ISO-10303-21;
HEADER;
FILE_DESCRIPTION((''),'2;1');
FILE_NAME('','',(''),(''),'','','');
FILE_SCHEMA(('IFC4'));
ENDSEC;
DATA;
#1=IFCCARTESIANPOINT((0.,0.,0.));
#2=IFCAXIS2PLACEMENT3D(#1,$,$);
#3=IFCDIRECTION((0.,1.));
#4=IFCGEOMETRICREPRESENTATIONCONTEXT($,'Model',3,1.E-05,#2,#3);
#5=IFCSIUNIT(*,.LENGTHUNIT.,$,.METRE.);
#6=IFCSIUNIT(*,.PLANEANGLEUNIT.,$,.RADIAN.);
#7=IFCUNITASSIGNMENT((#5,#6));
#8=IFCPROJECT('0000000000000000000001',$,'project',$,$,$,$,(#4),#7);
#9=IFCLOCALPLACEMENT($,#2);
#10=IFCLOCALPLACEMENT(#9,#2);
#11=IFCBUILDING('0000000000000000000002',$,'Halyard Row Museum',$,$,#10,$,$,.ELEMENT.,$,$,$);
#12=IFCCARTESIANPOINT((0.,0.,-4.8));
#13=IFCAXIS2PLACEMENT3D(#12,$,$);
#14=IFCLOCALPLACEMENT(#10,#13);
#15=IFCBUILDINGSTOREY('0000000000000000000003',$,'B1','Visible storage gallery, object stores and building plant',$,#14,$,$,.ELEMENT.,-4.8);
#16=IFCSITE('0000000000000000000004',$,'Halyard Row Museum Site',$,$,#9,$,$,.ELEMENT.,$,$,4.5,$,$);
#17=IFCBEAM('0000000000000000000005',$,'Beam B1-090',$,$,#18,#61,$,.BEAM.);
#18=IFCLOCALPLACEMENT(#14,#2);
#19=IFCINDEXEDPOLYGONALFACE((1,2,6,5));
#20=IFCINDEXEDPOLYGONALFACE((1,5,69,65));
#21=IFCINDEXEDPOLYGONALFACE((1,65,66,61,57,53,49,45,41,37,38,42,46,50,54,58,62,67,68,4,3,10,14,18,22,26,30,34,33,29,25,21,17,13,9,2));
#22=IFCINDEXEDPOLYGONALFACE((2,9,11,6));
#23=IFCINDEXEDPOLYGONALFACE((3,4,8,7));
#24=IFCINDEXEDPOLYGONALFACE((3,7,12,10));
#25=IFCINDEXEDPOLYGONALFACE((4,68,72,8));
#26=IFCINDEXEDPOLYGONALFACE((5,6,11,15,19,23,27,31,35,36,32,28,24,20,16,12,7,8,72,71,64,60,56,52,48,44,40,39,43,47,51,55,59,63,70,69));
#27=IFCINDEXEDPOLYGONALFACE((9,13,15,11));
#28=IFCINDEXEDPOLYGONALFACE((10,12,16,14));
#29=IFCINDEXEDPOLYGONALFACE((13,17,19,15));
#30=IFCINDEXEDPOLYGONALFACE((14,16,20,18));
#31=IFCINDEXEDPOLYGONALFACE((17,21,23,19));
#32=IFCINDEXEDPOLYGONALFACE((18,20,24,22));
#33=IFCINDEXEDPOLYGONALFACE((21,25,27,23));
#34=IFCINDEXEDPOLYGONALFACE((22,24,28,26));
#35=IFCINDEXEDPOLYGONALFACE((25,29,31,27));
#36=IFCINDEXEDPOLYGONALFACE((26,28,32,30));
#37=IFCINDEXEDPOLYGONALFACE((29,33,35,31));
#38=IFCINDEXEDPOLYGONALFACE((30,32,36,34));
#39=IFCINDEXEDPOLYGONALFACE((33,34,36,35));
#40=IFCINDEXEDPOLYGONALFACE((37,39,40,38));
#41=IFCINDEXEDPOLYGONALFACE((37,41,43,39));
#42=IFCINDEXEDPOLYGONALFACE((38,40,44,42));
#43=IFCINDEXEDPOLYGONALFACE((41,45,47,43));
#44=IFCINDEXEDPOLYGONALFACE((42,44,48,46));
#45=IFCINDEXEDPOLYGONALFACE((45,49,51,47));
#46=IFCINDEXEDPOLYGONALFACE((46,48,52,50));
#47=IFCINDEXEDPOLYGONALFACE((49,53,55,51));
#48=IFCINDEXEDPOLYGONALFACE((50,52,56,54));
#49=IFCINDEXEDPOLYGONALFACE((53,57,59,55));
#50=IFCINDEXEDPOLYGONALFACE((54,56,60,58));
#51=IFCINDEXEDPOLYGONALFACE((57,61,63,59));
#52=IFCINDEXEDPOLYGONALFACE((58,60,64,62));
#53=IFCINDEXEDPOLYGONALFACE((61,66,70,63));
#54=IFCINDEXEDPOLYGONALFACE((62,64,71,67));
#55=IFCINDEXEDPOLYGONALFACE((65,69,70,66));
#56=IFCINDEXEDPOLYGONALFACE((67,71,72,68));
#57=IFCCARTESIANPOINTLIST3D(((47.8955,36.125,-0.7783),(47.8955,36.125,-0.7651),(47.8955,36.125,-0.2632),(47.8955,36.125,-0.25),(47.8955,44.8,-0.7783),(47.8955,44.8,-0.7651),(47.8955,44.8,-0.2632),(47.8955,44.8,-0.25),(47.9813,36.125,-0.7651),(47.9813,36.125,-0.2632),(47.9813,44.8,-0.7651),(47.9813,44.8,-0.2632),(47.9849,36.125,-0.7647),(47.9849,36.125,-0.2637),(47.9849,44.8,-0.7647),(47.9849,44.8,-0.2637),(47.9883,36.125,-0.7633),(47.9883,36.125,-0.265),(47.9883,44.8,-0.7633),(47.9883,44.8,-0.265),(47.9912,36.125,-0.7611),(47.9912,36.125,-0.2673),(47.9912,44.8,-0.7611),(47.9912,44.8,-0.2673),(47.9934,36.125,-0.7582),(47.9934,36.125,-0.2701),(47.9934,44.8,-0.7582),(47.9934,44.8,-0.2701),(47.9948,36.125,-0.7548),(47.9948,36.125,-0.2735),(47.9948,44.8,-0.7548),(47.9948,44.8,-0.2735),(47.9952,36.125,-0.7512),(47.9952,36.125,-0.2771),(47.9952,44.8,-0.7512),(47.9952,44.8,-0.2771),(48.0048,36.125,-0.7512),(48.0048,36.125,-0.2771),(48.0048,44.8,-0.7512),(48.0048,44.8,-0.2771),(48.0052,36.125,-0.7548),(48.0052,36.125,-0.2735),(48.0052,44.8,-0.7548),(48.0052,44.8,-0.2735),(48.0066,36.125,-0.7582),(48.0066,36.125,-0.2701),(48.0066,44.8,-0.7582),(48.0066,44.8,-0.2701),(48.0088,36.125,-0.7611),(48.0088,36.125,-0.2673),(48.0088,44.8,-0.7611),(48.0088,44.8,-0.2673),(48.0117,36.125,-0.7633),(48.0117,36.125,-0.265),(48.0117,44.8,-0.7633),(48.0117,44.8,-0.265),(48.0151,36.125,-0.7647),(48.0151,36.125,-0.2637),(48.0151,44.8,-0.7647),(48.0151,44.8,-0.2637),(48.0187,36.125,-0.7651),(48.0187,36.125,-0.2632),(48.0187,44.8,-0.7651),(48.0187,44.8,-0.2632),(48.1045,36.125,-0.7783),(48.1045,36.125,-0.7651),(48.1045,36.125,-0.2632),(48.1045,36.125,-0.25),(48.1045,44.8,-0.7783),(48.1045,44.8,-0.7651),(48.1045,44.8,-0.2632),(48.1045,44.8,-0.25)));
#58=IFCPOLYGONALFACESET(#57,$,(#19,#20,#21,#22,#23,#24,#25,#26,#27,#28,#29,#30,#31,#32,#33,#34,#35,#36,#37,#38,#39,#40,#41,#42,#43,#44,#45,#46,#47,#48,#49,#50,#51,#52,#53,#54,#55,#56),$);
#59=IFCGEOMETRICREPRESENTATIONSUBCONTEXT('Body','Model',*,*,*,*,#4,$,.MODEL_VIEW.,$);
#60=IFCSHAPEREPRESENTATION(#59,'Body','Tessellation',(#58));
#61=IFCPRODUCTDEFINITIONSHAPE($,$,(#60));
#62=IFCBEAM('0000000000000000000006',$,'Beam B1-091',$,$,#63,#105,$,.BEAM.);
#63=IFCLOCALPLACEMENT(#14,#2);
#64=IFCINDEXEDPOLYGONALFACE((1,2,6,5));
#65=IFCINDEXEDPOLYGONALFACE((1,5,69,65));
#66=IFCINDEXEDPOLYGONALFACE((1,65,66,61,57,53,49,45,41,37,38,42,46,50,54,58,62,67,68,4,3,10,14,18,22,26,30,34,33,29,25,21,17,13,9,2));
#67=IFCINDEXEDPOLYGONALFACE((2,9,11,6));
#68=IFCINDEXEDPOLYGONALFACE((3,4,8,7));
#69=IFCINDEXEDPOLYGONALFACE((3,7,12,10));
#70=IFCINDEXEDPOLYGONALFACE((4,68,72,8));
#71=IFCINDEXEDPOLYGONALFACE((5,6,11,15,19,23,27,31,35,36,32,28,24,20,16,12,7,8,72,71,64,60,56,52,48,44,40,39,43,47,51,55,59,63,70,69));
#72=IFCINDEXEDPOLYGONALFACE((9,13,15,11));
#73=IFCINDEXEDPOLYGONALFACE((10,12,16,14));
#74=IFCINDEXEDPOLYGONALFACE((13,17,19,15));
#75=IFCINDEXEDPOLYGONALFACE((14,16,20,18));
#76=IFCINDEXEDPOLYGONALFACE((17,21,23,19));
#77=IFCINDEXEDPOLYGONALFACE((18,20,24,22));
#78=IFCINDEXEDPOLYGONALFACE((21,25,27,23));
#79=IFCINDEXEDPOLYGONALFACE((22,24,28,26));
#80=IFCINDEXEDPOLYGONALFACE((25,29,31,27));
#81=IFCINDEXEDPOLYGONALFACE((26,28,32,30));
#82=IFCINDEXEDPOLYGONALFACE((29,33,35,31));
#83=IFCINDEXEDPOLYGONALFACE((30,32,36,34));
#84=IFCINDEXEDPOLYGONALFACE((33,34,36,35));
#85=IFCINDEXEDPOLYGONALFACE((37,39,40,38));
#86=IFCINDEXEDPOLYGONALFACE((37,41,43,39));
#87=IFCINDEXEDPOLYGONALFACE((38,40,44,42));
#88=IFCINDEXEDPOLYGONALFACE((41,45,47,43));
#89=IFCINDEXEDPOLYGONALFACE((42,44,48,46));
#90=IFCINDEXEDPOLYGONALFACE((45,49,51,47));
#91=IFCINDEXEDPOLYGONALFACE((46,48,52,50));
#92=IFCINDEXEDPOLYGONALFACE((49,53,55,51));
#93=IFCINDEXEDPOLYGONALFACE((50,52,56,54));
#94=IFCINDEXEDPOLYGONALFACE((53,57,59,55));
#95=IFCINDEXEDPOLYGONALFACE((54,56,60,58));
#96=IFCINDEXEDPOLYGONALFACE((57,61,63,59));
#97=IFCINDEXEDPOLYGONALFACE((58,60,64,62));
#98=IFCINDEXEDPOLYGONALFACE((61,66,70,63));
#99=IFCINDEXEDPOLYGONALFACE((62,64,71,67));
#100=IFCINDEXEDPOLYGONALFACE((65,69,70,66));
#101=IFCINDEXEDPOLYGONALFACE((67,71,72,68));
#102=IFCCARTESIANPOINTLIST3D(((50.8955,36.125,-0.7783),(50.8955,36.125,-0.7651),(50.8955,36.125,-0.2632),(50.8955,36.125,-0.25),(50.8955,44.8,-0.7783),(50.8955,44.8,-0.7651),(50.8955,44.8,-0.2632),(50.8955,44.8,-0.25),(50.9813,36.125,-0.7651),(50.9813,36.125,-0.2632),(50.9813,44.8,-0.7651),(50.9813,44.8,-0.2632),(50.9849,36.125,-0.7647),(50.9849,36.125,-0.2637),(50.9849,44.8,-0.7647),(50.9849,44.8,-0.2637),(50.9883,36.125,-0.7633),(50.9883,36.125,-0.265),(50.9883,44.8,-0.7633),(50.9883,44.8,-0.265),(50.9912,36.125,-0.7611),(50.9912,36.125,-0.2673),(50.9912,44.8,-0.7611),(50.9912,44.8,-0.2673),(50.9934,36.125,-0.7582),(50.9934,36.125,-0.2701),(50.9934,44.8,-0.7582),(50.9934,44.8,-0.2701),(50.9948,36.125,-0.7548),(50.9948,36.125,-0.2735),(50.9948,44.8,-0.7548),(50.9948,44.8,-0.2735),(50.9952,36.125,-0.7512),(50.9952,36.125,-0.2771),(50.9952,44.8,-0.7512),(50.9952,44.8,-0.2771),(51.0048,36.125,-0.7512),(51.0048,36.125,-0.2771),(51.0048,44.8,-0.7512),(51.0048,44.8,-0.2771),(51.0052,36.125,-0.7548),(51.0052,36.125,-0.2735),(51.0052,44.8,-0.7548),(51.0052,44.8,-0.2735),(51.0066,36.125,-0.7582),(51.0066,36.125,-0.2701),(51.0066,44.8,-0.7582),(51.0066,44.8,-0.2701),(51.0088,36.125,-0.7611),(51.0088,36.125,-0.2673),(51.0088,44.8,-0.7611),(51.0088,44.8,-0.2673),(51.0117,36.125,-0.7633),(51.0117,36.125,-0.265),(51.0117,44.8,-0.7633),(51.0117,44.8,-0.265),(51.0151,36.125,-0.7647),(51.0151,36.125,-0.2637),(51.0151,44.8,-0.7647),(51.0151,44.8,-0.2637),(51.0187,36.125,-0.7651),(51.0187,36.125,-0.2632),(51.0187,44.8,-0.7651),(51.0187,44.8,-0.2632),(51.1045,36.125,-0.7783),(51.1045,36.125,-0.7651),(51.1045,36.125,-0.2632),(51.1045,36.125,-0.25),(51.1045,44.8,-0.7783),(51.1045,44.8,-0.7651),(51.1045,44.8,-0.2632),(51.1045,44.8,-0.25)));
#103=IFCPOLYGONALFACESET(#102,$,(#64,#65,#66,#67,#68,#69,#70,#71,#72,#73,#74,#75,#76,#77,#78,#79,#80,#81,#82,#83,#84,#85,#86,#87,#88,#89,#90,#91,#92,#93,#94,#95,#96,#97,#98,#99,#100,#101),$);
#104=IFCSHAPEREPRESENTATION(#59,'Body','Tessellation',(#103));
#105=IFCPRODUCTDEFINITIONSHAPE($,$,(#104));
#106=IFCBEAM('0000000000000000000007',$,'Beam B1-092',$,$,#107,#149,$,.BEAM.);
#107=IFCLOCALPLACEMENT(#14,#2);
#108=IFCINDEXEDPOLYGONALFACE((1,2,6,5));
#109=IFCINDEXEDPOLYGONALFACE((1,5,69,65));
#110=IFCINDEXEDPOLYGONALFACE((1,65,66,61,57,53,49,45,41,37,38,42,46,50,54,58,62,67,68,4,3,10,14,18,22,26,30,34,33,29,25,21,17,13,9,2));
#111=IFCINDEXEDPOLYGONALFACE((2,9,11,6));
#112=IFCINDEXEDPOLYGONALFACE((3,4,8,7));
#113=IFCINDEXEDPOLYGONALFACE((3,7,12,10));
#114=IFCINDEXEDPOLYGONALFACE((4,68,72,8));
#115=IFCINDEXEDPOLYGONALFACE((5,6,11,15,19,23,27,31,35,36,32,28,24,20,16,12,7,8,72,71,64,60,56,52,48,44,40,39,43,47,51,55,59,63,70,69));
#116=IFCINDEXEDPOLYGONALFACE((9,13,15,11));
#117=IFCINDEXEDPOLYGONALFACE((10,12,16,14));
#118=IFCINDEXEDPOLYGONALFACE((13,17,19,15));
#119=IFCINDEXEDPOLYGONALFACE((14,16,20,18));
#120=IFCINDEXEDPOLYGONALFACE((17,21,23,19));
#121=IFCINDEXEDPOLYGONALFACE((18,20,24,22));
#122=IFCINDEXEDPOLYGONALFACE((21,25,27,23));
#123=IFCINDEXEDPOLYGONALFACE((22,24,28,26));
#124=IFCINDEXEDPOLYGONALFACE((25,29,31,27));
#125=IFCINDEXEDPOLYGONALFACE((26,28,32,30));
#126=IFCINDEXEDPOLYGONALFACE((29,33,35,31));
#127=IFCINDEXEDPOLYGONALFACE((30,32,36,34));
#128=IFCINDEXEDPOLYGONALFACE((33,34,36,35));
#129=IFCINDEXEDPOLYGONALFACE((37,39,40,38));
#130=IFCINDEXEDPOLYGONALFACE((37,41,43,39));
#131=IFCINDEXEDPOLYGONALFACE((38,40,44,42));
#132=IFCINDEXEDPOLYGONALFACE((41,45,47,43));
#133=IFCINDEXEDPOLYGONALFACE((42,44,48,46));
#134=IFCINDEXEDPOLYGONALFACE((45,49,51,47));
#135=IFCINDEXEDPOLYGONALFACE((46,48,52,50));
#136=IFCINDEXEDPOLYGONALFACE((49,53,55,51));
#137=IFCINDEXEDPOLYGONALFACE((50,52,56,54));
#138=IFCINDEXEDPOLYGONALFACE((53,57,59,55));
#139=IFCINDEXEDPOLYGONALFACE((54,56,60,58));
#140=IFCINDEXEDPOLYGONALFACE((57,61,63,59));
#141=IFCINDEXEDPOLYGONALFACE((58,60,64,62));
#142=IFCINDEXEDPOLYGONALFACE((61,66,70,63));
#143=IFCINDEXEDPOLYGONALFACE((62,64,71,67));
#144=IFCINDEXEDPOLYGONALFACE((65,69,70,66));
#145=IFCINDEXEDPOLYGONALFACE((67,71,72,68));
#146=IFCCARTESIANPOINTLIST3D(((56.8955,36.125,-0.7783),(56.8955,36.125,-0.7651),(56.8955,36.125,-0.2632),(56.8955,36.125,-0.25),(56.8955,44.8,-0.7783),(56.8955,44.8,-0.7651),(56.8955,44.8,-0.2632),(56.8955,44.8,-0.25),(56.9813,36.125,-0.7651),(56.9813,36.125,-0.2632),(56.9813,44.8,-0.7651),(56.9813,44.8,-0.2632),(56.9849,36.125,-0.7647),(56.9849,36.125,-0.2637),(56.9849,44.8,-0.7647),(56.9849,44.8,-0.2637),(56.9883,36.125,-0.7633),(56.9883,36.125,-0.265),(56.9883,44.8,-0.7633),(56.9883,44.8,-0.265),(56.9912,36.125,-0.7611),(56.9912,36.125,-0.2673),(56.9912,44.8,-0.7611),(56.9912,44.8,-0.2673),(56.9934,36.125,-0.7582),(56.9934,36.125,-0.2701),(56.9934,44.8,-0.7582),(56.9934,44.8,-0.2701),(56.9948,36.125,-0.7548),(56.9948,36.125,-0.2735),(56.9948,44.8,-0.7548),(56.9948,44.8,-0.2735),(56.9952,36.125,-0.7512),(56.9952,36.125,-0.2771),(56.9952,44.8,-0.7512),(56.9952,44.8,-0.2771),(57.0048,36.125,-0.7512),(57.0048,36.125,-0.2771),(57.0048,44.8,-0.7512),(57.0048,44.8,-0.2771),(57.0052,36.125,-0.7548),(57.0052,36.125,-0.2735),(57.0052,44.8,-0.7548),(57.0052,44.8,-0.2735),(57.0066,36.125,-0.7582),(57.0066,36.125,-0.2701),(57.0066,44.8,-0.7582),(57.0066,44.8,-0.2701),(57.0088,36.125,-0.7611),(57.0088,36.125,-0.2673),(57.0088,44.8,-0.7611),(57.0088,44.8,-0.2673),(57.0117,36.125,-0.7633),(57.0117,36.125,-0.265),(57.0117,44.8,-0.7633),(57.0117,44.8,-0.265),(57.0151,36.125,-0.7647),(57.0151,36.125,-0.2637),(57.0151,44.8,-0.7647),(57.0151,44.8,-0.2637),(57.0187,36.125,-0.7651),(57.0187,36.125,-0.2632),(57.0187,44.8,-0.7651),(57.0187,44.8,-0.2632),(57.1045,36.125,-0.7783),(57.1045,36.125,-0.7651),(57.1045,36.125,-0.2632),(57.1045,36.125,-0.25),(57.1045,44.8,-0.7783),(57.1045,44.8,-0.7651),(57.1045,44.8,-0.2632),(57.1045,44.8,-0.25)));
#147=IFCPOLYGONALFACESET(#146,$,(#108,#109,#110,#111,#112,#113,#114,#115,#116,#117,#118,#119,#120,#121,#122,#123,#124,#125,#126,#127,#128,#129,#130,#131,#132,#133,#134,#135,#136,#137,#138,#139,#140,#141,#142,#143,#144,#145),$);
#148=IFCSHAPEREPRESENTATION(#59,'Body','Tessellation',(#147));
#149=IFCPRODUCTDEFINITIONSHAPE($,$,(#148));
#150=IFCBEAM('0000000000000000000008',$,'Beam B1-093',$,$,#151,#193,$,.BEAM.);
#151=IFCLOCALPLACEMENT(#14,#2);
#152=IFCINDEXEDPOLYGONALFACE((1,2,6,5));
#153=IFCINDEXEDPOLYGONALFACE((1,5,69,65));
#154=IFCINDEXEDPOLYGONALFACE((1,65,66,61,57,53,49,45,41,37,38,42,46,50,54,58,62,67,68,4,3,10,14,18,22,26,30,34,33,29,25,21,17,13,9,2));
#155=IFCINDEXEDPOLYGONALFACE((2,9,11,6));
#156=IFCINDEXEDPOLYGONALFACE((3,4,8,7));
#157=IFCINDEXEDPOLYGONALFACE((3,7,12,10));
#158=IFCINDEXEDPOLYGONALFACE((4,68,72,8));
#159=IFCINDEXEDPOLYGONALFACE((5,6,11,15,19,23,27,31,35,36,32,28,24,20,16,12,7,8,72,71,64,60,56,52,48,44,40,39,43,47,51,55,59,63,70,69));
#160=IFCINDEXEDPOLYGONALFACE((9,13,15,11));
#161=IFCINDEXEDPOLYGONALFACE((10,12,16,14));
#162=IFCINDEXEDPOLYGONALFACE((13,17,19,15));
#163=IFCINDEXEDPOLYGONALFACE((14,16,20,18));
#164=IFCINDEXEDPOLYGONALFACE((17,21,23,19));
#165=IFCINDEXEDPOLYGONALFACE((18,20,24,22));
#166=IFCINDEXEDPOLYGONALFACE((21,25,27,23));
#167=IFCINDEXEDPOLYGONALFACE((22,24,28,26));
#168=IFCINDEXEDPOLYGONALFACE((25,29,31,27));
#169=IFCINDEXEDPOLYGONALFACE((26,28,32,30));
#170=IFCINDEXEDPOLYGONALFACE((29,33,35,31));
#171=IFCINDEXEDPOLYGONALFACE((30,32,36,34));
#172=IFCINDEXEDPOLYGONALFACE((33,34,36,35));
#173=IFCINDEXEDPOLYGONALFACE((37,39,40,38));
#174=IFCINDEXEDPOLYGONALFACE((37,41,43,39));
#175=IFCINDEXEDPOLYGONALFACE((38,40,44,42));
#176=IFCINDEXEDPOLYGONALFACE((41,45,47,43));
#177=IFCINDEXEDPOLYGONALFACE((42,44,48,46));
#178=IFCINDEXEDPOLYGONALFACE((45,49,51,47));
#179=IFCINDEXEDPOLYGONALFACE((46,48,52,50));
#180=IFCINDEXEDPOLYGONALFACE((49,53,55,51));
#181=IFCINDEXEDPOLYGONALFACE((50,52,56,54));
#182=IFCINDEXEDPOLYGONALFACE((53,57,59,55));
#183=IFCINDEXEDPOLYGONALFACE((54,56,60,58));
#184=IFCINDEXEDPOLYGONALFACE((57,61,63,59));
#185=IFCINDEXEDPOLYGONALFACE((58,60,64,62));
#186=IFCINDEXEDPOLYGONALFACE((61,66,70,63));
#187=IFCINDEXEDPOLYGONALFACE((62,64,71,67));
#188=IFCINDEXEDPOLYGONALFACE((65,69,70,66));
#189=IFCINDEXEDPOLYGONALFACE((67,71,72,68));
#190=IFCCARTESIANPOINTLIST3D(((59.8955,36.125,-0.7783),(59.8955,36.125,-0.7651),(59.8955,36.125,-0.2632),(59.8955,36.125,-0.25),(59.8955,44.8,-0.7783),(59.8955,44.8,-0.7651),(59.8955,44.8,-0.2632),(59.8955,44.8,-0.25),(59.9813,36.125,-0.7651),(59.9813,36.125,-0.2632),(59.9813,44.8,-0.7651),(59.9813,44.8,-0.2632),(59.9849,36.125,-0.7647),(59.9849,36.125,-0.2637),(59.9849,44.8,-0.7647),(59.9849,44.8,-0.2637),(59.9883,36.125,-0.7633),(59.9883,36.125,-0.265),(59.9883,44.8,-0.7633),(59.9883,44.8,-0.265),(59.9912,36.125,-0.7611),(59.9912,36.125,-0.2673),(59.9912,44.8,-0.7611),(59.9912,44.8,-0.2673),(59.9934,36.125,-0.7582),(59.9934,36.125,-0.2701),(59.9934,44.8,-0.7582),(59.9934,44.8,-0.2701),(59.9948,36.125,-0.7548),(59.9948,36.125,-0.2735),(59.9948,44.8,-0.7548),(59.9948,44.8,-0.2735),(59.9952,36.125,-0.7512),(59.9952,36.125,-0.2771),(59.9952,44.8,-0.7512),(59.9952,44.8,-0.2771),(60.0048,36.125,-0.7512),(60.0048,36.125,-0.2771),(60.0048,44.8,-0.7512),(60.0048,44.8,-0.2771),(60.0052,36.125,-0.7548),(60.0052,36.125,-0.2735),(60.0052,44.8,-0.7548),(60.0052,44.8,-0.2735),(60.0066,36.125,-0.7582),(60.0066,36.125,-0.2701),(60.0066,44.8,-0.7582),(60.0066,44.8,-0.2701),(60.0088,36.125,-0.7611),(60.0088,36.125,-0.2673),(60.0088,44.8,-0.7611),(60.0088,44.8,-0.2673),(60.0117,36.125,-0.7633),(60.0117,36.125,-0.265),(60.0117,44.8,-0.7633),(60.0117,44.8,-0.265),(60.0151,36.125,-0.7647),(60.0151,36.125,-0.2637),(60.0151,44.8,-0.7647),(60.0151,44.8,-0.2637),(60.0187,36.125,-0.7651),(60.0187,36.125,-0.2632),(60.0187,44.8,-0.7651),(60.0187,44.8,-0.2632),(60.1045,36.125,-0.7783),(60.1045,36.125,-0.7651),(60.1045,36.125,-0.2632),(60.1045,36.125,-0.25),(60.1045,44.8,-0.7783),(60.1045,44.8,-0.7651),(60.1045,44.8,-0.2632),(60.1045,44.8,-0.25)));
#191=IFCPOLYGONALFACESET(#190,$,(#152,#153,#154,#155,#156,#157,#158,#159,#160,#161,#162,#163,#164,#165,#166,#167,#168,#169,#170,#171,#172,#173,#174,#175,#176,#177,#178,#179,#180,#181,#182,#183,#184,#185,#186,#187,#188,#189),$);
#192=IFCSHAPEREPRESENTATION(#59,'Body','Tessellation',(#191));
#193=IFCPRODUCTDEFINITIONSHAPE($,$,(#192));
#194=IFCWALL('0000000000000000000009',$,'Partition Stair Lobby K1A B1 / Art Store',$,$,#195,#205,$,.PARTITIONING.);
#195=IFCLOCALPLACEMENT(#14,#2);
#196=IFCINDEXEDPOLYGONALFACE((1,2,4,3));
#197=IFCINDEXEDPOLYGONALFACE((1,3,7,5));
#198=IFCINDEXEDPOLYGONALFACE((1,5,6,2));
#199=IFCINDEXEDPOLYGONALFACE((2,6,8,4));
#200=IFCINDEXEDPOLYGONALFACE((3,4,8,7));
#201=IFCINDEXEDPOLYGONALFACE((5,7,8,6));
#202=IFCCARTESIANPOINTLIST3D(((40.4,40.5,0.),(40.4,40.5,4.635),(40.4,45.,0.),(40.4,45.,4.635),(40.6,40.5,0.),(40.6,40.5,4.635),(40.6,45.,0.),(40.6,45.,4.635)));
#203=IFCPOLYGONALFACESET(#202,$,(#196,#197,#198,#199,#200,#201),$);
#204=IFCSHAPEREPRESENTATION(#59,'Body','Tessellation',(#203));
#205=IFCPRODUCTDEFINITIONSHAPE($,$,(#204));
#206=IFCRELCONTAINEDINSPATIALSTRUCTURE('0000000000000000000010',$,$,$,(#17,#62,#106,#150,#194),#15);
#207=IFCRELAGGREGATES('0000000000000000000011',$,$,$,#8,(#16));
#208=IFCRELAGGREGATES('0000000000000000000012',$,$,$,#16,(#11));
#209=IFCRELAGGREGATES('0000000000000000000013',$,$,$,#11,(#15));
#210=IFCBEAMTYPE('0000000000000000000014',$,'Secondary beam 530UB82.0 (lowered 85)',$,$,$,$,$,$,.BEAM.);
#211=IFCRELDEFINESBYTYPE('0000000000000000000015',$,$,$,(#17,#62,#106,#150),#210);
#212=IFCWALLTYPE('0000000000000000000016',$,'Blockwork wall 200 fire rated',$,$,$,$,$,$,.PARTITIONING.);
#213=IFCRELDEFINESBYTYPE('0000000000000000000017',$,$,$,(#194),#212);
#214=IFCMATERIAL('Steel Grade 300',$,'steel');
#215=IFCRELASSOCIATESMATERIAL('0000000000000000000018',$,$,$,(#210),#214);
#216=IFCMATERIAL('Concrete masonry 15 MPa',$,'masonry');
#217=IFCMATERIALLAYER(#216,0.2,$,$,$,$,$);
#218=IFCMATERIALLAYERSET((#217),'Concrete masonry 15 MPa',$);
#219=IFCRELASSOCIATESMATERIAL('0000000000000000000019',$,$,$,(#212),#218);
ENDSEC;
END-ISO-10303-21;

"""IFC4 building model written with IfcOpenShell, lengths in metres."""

from ifc_helpers import new_model, si_unit, direction, frame, frame_2d, origin, origin_2d, place, context, subcontext, project, spatial, rectangle, i_section, extrude, material, layer, layer_set, material_profile, profile_set, type_object, element, save


model = new_model("IFC4")

# Units and contexts
model_context = context("Model", 3, precision=1e-05, world=origin(), true_north=direction((0.0, 1.0)))
body_context = subcontext(model_context, "Body", "Model", "MODEL_VIEW")
ifc_project = project(units=[si_unit("LENGTHUNIT", "METRE"), si_unit("PLANEANGLEUNIT", "RADIAN")], contexts=[model_context])

# Site, building, storey
site_placement = place(None, origin())
site = spatial("IfcSite", under=ifc_project, at=site_placement, Name="Halyard Row Museum Site", CompositionType="ELEMENT", RefElevation=4.5)
building_placement = place(site_placement, origin())
building = spatial("IfcBuilding", under=site, at=building_placement, Name="Halyard Row Museum", CompositionType="ELEMENT")
storey_placement = place(building_placement, frame((0.0, 0.0, -4.8)))
storey = spatial("IfcBuildingStorey", under=building, at=storey_placement, Name="B1", Description="Visible storage gallery, object stores and building plant", CompositionType="ELEMENT", Elevation=-4.8)

# Beams
ifc_material_1 = material(Name="Steel Grade 300", Category="steel")
ifc_material_profile_1 = material_profile(ifc_material_1, i_section(OverallWidth=0.209, OverallDepth=0.5283, WebThickness=0.0095, FlangeThickness=0.0132, FilletRadius=0.0139, at=origin_2d()), Name="530UB82.0")
ifc_profile_set_1 = profile_set([ifc_material_profile_1], Name="Steel Grade 300")
beam_type_1 = type_object("IfcBeamType", Name="Secondary beam 530UB82.0 (lowered 85)", PredefinedType="BEAM", material=ifc_profile_set_1)
for number, where, z_axis, x_axis, name in (
    (1, (48.0, 36.125, -0.5142), (0.0, 1.0, 0.0), (-1.0, 0.0, 0.0), "Beam B1-090"),
    (2, (51.0, 36.125, -0.5142), (0.0, 1.0, 0.0), (-1.0, 0.0, 0.0), "Beam B1-091"),
    (3, (57.0, 36.125, -0.5142), (0.0, 1.0, 0.0), (-1.0, 0.0, 0.0), "Beam B1-092"),
    (4, (60.0, 36.125, -0.5142), (0.0, 1.0, 0.0), (-1.0, 0.0, 0.0), "Beam B1-093"),
):
    element("IfcBeam", number, at=place(storey_placement, frame(where, z_axis=z_axis, x_axis=x_axis)), inside=storey, type_object=beam_type_1, Name=name, PredefinedType="BEAM", context=body_context, shape_type="SweptSolid", body=[
        extrude(i_section(OverallWidth=0.209, OverallDepth=0.5283, WebThickness=0.0095, FlangeThickness=0.0132, FilletRadius=0.0139, at=origin_2d()), origin(), (0.0, 0.0, 1.0), 8.675),
    ])

# Wall
ifc_material_2 = material(Name="Concrete masonry 15 MPa", Category="masonry")
ifc_layer_1 = layer(ifc_material_2, 0.2)
ifc_layer_set_1 = layer_set([ifc_layer_1], Name="Concrete masonry 15 MPa")
wall_type_1 = type_object("IfcWallType", Name="Blockwork wall 200 fire rated", PredefinedType="PARTITIONING", material=ifc_layer_set_1)
for number, where, z_axis, x_axis, name in (
    (5, (40.5, 40.5, 0.0), (0.0, 0.0, 1.0), (0.0, 1.0, 0.0), "Partition Stair Lobby K1A B1 / Art Store"),
):
    element("IfcWall", number, at=place(storey_placement, frame(where, z_axis=z_axis, x_axis=x_axis)), inside=storey, type_object=wall_type_1, Name=name, PredefinedType="PARTITIONING", context=body_context, shape_type="SweptSolid", body=[
        extrude(rectangle(XDim=4.5, YDim=0.2, at=frame_2d((2.25, 0.0))), origin(), (0.0, 0.0, 1.0), 4.635),
    ])

save(model, "model.ifc")
